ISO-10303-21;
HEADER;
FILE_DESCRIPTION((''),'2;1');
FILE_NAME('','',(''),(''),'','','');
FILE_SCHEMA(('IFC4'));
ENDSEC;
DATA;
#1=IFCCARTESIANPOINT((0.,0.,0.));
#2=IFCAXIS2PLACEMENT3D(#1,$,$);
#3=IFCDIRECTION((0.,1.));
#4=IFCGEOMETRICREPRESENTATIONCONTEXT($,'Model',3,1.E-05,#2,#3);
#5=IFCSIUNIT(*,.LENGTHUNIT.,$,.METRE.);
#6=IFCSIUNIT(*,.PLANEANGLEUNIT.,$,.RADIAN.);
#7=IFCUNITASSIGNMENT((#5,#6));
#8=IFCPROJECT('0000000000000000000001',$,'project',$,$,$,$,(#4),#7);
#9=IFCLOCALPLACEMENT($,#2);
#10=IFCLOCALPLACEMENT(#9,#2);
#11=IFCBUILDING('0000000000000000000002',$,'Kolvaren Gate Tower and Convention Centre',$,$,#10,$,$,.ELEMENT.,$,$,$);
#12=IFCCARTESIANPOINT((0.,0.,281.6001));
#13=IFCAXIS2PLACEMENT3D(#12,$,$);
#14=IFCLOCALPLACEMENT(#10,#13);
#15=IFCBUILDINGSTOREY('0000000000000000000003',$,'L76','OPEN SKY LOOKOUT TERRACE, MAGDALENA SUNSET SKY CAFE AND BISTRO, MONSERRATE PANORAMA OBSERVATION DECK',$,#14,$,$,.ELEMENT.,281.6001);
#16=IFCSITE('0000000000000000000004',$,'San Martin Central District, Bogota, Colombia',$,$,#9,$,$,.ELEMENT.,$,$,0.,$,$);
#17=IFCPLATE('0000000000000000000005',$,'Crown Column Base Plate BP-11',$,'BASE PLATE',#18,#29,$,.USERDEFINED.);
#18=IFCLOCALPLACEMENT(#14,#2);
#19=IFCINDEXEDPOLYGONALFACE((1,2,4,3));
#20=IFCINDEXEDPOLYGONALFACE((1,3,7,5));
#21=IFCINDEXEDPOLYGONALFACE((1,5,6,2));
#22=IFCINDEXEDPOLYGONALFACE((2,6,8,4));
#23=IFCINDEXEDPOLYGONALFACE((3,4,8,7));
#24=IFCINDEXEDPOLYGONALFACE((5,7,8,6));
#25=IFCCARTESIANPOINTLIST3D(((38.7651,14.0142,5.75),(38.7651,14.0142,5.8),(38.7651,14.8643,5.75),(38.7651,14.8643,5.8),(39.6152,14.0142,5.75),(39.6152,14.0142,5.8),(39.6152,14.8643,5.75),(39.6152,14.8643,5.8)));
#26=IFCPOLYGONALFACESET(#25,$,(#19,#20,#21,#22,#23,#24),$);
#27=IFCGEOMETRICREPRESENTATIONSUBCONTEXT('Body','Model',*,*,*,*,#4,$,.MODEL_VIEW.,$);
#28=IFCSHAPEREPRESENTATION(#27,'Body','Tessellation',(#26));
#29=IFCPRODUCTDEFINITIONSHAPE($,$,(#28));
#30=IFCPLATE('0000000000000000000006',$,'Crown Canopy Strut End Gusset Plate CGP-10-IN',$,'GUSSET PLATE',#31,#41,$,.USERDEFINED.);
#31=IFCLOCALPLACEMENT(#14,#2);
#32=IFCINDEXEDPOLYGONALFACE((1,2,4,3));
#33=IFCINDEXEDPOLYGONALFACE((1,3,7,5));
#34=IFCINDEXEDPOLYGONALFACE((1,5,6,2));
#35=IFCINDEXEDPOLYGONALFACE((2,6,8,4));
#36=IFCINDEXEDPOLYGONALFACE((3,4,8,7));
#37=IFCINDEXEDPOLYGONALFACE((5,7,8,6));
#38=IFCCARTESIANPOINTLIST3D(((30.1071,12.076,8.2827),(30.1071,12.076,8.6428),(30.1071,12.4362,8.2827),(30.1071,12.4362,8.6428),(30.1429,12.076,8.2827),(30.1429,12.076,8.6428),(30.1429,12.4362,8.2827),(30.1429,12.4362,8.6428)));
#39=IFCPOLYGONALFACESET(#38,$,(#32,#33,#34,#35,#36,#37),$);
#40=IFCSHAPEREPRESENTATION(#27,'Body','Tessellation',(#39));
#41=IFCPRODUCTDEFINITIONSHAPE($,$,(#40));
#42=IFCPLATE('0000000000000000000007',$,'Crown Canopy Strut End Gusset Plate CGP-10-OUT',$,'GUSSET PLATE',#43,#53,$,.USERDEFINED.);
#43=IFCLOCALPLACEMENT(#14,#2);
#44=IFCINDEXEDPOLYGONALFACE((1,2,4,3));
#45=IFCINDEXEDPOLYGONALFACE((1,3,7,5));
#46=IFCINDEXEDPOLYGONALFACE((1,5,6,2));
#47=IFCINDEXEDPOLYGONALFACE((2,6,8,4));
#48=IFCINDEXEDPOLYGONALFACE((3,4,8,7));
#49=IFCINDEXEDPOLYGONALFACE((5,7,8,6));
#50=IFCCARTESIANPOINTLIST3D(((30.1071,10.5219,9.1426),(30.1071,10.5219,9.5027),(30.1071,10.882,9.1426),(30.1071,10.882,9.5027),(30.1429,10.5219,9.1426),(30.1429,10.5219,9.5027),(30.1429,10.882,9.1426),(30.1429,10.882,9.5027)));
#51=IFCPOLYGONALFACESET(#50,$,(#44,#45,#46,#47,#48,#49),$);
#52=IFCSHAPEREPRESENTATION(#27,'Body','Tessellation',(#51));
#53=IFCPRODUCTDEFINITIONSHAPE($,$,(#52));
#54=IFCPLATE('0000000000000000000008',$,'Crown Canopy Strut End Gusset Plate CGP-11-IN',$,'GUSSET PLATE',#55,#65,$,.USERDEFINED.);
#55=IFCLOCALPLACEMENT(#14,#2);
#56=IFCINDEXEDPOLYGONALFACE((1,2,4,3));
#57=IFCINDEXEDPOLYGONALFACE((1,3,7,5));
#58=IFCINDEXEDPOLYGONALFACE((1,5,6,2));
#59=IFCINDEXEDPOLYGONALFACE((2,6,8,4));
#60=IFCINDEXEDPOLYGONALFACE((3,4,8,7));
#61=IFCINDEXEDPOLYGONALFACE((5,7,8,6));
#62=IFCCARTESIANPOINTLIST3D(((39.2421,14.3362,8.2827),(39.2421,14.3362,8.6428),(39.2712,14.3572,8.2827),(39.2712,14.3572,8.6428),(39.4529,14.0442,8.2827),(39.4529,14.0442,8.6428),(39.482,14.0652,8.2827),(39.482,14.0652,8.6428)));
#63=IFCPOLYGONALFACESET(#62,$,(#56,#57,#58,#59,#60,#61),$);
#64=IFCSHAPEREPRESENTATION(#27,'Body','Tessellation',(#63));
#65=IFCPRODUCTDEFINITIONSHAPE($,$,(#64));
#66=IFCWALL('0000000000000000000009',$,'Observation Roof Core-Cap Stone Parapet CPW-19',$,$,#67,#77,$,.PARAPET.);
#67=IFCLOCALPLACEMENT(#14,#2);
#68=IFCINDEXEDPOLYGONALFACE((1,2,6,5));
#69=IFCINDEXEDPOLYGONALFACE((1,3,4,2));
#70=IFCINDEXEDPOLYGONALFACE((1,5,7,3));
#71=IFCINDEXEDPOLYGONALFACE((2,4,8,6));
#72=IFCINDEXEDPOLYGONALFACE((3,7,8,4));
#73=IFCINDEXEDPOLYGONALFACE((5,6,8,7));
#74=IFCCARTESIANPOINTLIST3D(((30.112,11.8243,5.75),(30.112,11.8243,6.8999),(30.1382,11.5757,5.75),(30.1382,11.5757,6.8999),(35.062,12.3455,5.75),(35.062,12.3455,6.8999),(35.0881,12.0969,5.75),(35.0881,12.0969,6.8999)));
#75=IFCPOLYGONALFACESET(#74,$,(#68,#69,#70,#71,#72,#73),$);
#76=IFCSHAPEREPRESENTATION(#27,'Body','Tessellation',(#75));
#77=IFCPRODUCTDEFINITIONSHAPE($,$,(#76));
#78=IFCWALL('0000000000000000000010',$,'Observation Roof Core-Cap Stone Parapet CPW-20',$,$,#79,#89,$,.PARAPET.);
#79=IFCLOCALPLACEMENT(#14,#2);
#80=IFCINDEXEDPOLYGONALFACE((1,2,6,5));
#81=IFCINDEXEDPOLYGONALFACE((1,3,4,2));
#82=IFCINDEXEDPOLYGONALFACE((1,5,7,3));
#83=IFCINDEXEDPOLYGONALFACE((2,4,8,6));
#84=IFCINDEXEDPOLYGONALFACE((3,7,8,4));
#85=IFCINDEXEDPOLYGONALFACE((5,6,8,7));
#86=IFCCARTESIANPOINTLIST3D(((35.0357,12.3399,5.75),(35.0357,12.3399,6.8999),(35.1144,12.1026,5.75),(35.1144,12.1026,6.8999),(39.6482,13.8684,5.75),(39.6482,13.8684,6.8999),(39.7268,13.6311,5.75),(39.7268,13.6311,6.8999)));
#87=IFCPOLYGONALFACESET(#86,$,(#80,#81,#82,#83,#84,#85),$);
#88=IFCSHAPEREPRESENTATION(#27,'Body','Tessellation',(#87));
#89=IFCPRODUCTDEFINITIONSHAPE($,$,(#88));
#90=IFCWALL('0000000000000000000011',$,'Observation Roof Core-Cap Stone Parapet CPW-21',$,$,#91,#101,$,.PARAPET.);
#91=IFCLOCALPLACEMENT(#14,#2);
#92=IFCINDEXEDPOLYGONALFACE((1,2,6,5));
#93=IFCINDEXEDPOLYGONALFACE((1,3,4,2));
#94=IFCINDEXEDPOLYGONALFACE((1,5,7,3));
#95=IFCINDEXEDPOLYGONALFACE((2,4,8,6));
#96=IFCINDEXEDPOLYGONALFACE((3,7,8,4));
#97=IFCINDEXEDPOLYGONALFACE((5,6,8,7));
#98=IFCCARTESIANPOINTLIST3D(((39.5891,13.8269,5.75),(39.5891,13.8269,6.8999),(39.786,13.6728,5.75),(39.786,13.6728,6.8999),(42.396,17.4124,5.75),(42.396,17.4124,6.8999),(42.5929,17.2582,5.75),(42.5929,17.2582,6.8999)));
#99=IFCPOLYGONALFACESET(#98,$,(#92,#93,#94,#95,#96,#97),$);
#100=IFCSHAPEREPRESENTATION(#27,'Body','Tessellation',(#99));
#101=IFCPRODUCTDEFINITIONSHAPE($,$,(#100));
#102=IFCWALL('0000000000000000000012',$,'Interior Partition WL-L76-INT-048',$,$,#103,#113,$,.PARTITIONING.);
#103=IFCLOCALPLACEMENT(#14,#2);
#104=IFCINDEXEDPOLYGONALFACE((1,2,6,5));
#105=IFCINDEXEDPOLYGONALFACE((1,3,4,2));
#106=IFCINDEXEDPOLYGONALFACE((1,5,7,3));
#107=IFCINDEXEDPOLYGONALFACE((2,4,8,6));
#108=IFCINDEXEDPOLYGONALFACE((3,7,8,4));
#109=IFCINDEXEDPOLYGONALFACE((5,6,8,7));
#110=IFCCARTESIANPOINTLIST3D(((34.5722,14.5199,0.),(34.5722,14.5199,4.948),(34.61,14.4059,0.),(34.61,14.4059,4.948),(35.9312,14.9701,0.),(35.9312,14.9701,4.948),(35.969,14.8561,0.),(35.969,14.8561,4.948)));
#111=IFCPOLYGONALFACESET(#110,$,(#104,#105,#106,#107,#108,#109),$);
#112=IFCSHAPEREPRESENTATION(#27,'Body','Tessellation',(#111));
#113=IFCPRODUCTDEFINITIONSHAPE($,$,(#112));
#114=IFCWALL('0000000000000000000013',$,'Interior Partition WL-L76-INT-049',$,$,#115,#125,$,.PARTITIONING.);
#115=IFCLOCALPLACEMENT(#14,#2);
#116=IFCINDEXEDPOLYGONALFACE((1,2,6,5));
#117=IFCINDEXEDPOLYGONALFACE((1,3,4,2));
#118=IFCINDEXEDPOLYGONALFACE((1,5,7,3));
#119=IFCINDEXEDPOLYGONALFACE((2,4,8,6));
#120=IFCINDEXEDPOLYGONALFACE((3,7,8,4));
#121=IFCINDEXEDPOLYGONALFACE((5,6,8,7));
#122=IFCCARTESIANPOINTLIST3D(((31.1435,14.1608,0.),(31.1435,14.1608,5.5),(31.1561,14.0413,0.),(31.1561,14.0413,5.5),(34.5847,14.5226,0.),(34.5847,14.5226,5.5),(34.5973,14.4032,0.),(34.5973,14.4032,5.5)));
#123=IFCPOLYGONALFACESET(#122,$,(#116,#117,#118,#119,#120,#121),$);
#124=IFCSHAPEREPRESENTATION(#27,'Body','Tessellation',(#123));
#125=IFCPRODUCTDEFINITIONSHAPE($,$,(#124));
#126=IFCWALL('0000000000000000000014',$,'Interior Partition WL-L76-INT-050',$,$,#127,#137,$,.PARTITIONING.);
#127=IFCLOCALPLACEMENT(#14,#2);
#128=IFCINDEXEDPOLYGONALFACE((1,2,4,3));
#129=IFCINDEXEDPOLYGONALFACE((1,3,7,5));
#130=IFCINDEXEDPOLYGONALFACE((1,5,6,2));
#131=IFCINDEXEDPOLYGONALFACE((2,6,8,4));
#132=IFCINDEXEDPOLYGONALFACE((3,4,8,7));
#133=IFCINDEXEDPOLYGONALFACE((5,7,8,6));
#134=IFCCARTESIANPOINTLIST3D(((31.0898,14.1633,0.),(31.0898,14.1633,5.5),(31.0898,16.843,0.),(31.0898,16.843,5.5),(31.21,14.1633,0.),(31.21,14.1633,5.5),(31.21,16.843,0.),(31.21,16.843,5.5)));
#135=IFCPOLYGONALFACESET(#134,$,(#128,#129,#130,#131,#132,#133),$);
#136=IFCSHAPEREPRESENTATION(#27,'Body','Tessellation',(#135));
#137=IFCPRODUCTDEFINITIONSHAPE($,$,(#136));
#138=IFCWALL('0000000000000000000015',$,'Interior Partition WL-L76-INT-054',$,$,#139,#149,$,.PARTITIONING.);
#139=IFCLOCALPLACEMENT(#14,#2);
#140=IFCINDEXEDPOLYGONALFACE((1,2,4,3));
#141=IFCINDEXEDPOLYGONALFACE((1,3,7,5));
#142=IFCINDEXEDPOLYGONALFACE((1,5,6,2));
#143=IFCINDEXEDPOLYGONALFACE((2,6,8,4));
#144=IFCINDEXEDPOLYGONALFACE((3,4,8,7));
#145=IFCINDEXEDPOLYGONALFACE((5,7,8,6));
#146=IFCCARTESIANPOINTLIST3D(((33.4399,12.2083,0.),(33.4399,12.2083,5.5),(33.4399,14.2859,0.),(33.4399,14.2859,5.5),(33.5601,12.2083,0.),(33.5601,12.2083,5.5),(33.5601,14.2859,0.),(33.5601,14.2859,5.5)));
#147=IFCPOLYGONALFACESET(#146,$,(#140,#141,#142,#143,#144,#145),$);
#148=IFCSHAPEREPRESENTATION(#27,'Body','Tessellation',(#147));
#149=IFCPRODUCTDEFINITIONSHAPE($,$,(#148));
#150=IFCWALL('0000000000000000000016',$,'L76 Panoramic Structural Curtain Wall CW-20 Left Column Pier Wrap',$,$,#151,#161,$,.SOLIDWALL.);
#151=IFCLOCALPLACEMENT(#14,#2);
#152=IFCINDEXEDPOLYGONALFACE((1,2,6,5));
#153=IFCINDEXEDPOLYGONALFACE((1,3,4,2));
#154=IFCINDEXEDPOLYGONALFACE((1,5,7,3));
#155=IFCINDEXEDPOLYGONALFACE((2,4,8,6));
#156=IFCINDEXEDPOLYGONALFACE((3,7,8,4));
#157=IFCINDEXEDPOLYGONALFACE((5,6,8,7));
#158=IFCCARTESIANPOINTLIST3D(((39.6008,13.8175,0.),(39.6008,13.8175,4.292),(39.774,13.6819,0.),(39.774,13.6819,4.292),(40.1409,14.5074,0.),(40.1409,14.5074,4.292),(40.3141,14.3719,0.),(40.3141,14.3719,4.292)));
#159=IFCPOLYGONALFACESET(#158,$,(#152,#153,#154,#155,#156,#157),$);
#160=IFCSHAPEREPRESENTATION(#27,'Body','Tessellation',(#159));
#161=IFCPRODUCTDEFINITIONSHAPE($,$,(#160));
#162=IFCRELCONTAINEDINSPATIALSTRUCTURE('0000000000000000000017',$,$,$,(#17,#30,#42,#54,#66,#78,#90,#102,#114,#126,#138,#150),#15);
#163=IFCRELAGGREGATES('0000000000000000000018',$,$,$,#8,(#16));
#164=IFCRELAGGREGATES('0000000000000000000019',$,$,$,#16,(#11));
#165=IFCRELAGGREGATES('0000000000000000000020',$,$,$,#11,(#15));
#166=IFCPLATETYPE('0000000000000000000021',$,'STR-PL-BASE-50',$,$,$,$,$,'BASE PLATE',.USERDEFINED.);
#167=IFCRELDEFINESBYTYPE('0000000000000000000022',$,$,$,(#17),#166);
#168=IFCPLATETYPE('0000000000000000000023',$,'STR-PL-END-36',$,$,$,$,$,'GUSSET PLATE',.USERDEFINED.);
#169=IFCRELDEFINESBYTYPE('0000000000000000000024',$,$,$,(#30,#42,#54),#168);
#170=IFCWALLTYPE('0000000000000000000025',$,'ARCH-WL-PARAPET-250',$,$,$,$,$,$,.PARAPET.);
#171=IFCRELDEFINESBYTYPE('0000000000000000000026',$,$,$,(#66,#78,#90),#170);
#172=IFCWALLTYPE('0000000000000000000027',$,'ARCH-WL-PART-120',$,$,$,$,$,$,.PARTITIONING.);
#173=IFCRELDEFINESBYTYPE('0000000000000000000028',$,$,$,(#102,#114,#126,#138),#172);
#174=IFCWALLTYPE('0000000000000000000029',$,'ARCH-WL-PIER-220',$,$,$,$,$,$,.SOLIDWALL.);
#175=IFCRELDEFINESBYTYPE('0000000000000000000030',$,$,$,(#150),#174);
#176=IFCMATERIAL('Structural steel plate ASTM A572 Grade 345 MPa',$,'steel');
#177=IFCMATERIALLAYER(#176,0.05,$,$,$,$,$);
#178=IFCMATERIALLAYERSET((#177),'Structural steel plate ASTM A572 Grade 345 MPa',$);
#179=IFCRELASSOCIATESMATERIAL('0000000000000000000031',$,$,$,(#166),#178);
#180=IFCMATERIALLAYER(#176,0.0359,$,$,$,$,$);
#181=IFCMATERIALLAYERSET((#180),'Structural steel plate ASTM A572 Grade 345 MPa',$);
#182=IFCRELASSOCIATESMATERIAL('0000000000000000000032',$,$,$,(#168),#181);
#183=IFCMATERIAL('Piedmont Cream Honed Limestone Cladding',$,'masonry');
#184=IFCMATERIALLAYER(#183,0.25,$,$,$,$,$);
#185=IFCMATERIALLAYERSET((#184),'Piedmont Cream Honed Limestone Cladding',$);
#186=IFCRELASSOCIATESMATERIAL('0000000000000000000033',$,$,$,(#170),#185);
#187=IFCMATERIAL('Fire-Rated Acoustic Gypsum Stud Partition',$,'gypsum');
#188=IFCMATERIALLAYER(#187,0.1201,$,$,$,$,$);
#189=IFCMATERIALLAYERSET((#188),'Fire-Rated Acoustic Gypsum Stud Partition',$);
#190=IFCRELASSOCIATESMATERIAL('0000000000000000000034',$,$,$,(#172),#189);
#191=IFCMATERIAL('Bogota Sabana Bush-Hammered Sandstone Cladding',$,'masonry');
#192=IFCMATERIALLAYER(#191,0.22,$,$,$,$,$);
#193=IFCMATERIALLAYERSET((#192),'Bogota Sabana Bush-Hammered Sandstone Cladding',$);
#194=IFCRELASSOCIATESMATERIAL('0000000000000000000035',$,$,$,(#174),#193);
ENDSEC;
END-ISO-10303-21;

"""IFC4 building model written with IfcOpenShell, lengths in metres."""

from ifc_helpers import new_model, si_unit, direction, frame, frame_2d, origin, origin_2d, place, context, subcontext, project, spatial, rectangle, extrude, material, layer, layer_set, type_object, element, save


model = new_model("IFC4")

# Units and contexts
model_context = context("Model", 3, precision=1e-05, world=origin(), true_north=direction((0.0, 1.0)))
body_context = subcontext(model_context, "Body", "Model", "MODEL_VIEW")
ifc_project = project(units=[si_unit("LENGTHUNIT", "METRE"), si_unit("PLANEANGLEUNIT", "RADIAN")], contexts=[model_context])

# Site, building, storey
site_placement = place(None, origin())
site = spatial("IfcSite", under=ifc_project, at=site_placement, Name="San Martin Central District, Bogota, Colombia", CompositionType="ELEMENT", RefElevation=0.0)
building_placement = place(site_placement, origin())
building = spatial("IfcBuilding", under=site, at=building_placement, Name="Kolvaren Gate Tower and Convention Centre", CompositionType="ELEMENT")
storey_placement = place(building_placement, frame((0.0, 0.0, 281.6001)))
storey = spatial("IfcBuildingStorey", under=building, at=storey_placement, Name="L76", Description="OPEN SKY LOOKOUT TERRACE, MAGDALENA SUNSET SKY CAFE AND BISTRO, MONSERRATE PANORAMA OBSERVATION DECK", CompositionType="ELEMENT", Elevation=281.6001)

# Plates
ifc_material_1 = material(Name="Structural steel plate ASTM A572 Grade 345 MPa", Category="steel")
ifc_layer_1 = layer(ifc_material_1, 0.05)
ifc_layer_set_1 = layer_set([ifc_layer_1], Name="Structural steel plate ASTM A572 Grade 345 MPa")
plate_type_1 = type_object("IfcPlateType", Name="STR-PL-BASE-50", ElementType="BASE PLATE", PredefinedType="USERDEFINED", material=ifc_layer_set_1)
for number, where, z_axis, x_axis, name in (
    (1, (39.1902, 14.4392, 5.75), (0.0, 0.0, 1.0), (1.0, 0.0, 0.0), "Crown Column Base Plate BP-11"),
):
    element("IfcPlate", number, at=place(storey_placement, frame(where, z_axis=z_axis, x_axis=x_axis)), inside=storey, type_object=plate_type_1, Name=name, ObjectType="BASE PLATE", PredefinedType="USERDEFINED", context=body_context, shape_type="SweptSolid", body=[
        extrude(rectangle(XDim=0.8501, YDim=0.8501, at=origin_2d()), origin(), (0.0, 0.0, 1.0), 0.05),
    ])
ifc_layer_2 = layer(ifc_material_1, 0.0359)
ifc_layer_set_2 = layer_set([ifc_layer_2], Name="Structural steel plate ASTM A572 Grade 345 MPa")
plate_type_2 = type_object("IfcPlateType", Name="STR-PL-END-36", ElementType="GUSSET PLATE", PredefinedType="USERDEFINED", material=ifc_layer_set_2)
for number, where, z_axis, x_axis, name in (
    (2, (30.125, 12.2561, 8.2827), (0.0, 0.0, 1.0), (0.0, -1.0, 0.0), "Crown Canopy Strut End Gusset Plate CGP-10-IN"),
    (3, (30.125, 10.7019, 9.1426), (0.0, 0.0, 1.0), (0.0, -1.0, 0.0), "Crown Canopy Strut End Gusset Plate CGP-10-OUT"),
    (4, (39.3621, 14.2007, 8.2827), (0.0, 0.0, 1.0), (0.585186, -0.810899, 0.0), "Crown Canopy Strut End Gusset Plate CGP-11-IN"),
):
    element("IfcPlate", number, at=place(storey_placement, frame(where, z_axis=z_axis, x_axis=x_axis)), inside=storey, type_object=plate_type_2, Name=name, ObjectType="GUSSET PLATE", PredefinedType="USERDEFINED", context=body_context, shape_type="SweptSolid", body=[
        extrude(rectangle(XDim=0.3601, YDim=0.0359, at=origin_2d()), origin(), (0.0, 0.0, 1.0), 0.3601),
    ])

# Walls
ifc_material_2 = material(Name="Piedmont Cream Honed Limestone Cladding", Category="masonry")
ifc_layer_3 = layer(ifc_material_2, 0.25)
ifc_layer_set_3 = layer_set([ifc_layer_3], Name="Piedmont Cream Honed Limestone Cladding")
wall_type_1 = type_object("IfcWallType", Name="ARCH-WL-PARAPET-250", PredefinedType="PARAPET", material=ifc_layer_set_3)
wall_1_placement = place(storey_placement, frame((30.125, 11.7, 5.75), z_axis=(0.0, 0.0, 1.0), x_axis=(0.994501, 0.104723, 0.0)))
element("IfcWall", 5, at=wall_1_placement, inside=storey, type_object=wall_type_1, Name="Observation Roof Core-Cap Stone Parapet CPW-19", PredefinedType="PARAPET", context=body_context, shape_type="SweptSolid", body=[
    extrude(rectangle(XDim=4.9773, YDim=0.25, at=frame_2d((2.4888, 0.0))), origin(), (0.0, 0.0, 1.0), 1.1499),
])
wall_2_placement = place(storey_placement, frame((35.075, 12.2212, 5.75), z_axis=(0.0, 0.0, 1.0), x_axis=(0.949235, 0.314569, 0.0)))
element("IfcWall", 6, at=wall_2_placement, inside=storey, type_object=wall_type_1, Name="Observation Roof Core-Cap Stone Parapet CPW-20", PredefinedType="PARAPET", context=body_context, shape_type="SweptSolid", body=[
    extrude(rectangle(XDim=4.8591, YDim=0.25, at=frame_2d((2.4297, 0.0))), origin(), (0.0, 0.0, 1.0), 1.1499),
])
wall_3_placement = place(storey_placement, frame((39.6875, 13.7498, 5.75), z_axis=(0.0, 0.0, 1.0), x_axis=(0.616428, 0.787411, 0.0)))
element("IfcWall", 7, at=wall_3_placement, inside=storey, type_object=wall_type_1, Name="Observation Roof Core-Cap Stone Parapet CPW-21", PredefinedType="PARAPET", context=body_context, shape_type="SweptSolid", body=[
    extrude(rectangle(XDim=4.5535, YDim=0.25, at=frame_2d((2.2769, 0.0))), origin(), (0.0, 0.0, 1.0), 1.1499),
])
ifc_material_3 = material(Name="Fire-Rated Acoustic Gypsum Stud Partition", Category="gypsum")
ifc_layer_4 = layer(ifc_material_3, 0.1201)
ifc_layer_set_4 = layer_set([ifc_layer_4], Name="Fire-Rated Acoustic Gypsum Stud Partition")
wall_type_2 = type_object("IfcWallType", Name="ARCH-WL-PART-120", PredefinedType="PARTITIONING", material=ifc_layer_set_4)
wall_4_placement = place(storey_placement, frame((34.5911, 14.4629, 0.0), z_axis=(0.0, 0.0, 1.0), x_axis=(0.949262, 0.314488, 0.0)))
element("IfcWall", 8, at=wall_4_placement, inside=storey, type_object=wall_type_2, Name="Interior Partition WL-L76-INT-048", PredefinedType="PARTITIONING", context=body_context, shape_type="SweptSolid", body=[
    extrude(rectangle(XDim=1.4316, YDim=0.1201, at=frame_2d((0.7158, 0.0))), origin(), (0.0, 0.0, 1.0), 4.948),
])
wall_5_placement = place(storey_placement, frame((31.1499, 14.1011, 0.0), z_axis=(0.0, 0.0, 1.0), x_axis=(0.994518, 0.104567, 0.0)))
element("IfcWall", 9, at=wall_5_placement, inside=storey, type_object=wall_type_2, Name="Interior Partition WL-L76-INT-049", PredefinedType="PARTITIONING", context=body_context, shape_type="SweptSolid", body=[
    extrude(rectangle(XDim=3.4602, YDim=0.1201, at=frame_2d((1.73, 0.0))), origin(), (0.0, 0.0, 1.0), 5.5),
])
wall_6_placement = place(storey_placement, frame((31.1499, 14.1633, 0.0), z_axis=(0.0, 0.0, 1.0), x_axis=(0.0, 1.0, 0.0)))
element("IfcWall", 10, at=wall_6_placement, inside=storey, type_object=wall_type_2, Name="Interior Partition WL-L76-INT-050", PredefinedType="PARTITIONING", context=body_context, shape_type="SweptSolid", body=[
    extrude(rectangle(XDim=2.6797, YDim=0.1201, at=frame_2d((1.3398, 0.0))), origin(), (0.0, 0.0, 1.0), 5.5),
])
wall_7_placement = place(storey_placement, frame((33.5, 12.2083, 0.0), z_axis=(0.0, 0.0, 1.0), x_axis=(0.0, 1.0, 0.0)))
element("IfcWall", 11, at=wall_7_placement, inside=storey, type_object=wall_type_2, Name="Interior Partition WL-L76-INT-054", PredefinedType="PARTITIONING", context=body_context, shape_type="SweptSolid", body=[
    extrude(rectangle(XDim=2.0776, YDim=0.1201, at=frame_2d((1.0388, 0.0))), origin(), (0.0, 0.0, 1.0), 5.5),
])
ifc_material_4 = material(Name="Bogota Sabana Bush-Hammered Sandstone Cladding", Category="masonry")
ifc_layer_5 = layer(ifc_material_4, 0.22)
ifc_layer_set_5 = layer_set([ifc_layer_5], Name="Bogota Sabana Bush-Hammered Sandstone Cladding")
wall_type_3 = type_object("IfcWallType", Name="ARCH-WL-PIER-220", PredefinedType="SOLIDWALL", material=ifc_layer_set_5)
wall_8_placement = place(storey_placement, frame((39.6875, 13.7498, 0.0), z_axis=(0.0, 0.0, 1.0), x_axis=(0.616368, 0.787458, 0.0)))
element("IfcWall", 12, at=wall_8_placement, inside=storey, type_object=wall_type_3, Name="L76 Panoramic Structural Curtain Wall CW-20 Left Column Pier Wrap", PredefinedType="SOLIDWALL", context=body_context, shape_type="SweptSolid", body=[
    extrude(rectangle(XDim=0.8762, YDim=0.22, at=frame_2d((0.438, 0.0))), origin(), (0.0, 0.0, 1.0), 4.292),
])

save(model, "model.ifc")
